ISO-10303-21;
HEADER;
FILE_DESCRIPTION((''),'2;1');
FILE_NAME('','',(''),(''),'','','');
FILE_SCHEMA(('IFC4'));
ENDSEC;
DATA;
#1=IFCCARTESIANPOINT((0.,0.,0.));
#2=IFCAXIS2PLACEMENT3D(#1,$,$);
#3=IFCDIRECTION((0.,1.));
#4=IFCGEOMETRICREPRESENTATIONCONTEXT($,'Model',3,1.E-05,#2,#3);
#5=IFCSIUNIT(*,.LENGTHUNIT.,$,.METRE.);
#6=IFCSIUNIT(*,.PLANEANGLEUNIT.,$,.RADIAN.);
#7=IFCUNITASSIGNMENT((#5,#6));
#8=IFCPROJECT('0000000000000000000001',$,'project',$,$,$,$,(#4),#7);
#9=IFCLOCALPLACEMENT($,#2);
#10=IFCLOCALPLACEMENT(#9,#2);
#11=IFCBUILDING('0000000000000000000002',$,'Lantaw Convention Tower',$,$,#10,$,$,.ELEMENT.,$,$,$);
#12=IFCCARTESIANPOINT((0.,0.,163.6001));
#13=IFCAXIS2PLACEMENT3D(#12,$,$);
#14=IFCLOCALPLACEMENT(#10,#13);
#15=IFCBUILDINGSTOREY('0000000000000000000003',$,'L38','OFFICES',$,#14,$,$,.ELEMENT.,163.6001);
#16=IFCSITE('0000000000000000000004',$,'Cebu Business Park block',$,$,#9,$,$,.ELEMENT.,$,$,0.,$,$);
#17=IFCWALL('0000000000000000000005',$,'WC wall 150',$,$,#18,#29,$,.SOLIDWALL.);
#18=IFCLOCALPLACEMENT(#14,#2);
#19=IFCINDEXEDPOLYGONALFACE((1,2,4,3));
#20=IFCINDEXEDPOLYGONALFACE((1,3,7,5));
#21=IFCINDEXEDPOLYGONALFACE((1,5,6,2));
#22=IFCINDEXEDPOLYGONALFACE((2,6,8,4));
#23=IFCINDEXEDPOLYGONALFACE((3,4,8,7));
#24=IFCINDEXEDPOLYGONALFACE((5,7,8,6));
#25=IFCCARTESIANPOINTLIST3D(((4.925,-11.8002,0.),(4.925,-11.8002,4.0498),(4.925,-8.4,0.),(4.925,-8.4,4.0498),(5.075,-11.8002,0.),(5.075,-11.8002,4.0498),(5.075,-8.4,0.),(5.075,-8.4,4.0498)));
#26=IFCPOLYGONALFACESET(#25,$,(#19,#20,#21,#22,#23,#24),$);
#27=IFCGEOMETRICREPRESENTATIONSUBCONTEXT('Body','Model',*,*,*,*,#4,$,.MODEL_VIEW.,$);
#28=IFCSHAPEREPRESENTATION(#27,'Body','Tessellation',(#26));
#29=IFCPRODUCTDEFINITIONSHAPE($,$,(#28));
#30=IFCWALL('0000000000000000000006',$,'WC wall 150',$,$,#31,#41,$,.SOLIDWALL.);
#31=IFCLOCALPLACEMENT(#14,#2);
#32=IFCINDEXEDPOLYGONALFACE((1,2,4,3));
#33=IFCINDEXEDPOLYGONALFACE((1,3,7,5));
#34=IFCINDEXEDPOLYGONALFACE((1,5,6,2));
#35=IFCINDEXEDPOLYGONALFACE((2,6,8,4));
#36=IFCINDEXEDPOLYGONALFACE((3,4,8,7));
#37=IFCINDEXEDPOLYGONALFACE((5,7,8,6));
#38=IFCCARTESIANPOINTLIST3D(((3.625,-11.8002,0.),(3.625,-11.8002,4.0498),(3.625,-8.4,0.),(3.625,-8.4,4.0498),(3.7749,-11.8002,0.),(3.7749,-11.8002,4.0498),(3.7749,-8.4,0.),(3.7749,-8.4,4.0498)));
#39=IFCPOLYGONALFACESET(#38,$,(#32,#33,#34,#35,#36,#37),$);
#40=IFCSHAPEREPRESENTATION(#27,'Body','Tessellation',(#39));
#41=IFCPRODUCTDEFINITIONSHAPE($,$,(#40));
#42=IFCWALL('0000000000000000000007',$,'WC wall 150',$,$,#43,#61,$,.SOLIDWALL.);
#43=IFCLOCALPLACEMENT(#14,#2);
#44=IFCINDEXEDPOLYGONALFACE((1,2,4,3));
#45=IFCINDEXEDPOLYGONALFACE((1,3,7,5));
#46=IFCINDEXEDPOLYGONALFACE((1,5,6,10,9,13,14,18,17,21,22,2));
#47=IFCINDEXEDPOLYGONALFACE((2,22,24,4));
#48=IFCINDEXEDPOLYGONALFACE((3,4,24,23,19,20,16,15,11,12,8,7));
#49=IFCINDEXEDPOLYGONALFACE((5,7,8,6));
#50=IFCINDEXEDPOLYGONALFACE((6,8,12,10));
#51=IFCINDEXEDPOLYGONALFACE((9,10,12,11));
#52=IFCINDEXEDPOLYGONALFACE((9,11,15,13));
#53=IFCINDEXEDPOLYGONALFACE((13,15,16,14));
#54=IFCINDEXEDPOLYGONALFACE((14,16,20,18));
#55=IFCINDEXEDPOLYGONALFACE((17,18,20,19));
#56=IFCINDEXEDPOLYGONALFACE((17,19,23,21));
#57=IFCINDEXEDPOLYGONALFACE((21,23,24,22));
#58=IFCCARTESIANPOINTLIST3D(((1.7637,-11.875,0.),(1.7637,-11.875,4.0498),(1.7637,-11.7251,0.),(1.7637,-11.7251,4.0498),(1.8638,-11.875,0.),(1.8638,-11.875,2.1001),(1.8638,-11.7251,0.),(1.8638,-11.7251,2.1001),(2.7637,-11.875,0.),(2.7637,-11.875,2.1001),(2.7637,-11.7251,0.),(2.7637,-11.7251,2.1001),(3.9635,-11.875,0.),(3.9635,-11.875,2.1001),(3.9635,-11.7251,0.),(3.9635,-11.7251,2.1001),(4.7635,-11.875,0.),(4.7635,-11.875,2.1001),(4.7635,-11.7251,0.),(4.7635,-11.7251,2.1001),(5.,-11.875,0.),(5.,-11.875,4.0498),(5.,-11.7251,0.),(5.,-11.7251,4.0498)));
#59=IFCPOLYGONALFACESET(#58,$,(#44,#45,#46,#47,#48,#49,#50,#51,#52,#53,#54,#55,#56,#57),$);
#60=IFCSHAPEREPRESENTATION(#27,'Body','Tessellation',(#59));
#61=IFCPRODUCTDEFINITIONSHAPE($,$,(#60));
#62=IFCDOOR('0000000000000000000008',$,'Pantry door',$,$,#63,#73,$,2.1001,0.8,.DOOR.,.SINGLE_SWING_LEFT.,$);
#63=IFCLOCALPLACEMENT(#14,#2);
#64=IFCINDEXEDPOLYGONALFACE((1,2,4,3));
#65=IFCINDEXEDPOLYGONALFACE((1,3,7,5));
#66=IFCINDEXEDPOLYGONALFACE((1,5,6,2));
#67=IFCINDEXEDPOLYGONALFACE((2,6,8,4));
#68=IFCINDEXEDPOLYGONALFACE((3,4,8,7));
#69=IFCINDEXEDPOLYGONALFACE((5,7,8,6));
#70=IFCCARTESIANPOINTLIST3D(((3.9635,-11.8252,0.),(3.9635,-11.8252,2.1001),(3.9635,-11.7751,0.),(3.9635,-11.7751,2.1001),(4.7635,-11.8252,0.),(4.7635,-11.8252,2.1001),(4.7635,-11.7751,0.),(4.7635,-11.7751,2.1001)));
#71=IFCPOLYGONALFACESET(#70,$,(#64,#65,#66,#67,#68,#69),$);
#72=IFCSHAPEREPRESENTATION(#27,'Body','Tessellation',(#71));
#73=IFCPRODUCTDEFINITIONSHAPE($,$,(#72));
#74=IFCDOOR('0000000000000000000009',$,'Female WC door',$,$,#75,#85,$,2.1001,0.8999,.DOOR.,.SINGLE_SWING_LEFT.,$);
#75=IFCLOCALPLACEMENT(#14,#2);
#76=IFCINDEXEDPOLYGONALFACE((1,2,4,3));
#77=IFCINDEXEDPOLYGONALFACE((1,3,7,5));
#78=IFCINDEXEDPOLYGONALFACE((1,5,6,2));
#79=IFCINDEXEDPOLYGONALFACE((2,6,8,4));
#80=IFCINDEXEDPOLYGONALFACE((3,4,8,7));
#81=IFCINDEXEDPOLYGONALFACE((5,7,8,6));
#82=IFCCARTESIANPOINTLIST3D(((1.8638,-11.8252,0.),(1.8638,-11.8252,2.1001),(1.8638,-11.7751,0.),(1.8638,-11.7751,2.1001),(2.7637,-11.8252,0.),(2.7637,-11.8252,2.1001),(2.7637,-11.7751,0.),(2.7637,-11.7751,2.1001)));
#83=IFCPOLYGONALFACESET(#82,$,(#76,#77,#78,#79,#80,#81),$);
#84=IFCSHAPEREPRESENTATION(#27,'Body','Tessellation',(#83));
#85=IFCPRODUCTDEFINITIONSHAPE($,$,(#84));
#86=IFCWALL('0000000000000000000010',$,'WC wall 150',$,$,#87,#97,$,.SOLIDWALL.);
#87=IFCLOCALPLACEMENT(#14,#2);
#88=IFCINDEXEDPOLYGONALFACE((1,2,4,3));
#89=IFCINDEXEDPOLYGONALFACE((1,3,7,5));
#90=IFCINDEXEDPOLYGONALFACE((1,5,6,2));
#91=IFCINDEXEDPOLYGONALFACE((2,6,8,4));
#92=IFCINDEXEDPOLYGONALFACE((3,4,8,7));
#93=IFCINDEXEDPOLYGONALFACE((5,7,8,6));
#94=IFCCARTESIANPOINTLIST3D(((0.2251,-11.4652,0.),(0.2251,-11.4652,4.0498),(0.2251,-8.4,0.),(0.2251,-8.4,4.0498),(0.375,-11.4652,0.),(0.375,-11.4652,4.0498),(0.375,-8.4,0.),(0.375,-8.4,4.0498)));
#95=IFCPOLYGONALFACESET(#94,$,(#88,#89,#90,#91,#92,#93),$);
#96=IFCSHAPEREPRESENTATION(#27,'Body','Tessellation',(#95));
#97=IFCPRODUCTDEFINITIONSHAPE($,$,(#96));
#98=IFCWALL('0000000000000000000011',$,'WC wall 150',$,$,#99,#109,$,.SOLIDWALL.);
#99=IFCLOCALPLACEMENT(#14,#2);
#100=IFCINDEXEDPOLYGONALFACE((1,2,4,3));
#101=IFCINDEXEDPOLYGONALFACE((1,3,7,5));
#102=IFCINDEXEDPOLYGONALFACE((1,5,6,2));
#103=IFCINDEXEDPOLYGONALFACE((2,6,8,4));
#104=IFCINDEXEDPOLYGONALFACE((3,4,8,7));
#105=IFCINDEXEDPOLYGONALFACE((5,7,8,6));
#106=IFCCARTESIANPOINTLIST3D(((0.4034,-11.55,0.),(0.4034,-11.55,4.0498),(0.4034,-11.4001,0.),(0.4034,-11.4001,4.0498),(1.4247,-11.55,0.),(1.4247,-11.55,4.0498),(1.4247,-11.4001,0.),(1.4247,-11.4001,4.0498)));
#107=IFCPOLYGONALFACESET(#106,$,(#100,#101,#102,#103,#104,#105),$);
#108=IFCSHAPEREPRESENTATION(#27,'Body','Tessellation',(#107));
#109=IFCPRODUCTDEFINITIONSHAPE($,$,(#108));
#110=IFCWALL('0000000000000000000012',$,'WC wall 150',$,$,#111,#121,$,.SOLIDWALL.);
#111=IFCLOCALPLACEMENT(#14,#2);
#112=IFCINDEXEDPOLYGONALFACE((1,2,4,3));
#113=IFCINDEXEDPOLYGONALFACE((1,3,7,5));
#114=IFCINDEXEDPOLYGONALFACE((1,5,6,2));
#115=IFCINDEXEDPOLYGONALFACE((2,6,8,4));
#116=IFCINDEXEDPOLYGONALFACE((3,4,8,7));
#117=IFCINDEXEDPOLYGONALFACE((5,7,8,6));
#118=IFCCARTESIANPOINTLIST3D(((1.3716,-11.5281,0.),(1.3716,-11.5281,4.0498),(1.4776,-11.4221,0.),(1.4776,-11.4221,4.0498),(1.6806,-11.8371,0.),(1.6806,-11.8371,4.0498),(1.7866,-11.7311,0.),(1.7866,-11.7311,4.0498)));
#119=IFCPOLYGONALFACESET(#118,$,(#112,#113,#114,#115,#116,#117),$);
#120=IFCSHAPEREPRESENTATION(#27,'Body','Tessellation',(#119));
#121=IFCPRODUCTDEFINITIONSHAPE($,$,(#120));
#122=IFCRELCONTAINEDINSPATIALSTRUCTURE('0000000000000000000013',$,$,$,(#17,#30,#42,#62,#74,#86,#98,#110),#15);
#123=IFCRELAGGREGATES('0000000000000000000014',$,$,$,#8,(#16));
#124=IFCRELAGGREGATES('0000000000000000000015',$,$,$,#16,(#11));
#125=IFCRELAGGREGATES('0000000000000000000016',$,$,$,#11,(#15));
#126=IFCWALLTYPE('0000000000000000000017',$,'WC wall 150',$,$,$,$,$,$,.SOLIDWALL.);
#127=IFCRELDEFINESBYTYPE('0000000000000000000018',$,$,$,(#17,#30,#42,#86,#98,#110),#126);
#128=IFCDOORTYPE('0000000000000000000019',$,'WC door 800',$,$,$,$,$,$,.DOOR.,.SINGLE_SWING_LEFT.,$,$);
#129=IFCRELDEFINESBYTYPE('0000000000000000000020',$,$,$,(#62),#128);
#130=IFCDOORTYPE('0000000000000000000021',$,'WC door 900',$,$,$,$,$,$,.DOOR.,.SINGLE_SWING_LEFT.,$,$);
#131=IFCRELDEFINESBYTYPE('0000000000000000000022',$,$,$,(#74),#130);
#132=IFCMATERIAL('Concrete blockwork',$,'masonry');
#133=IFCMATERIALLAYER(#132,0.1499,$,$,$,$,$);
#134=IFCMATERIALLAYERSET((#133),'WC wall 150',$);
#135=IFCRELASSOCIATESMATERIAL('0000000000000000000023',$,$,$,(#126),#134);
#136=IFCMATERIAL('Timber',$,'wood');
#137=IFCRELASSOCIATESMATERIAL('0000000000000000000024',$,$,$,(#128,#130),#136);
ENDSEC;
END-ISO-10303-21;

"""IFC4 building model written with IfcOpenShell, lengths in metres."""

from ifc_helpers import new_model, si_unit, direction, frame, frame_2d, origin, place, context, subcontext, project, spatial, rectangle, extrude, material, layer, layer_set, type_object, element, fill, save


model = new_model("IFC4")

# Units and contexts
model_context = context("Model", 3, precision=1e-05, world=origin(), true_north=direction((0.0, 1.0)))
body_context = subcontext(model_context, "Body", "Model", "MODEL_VIEW")
ifc_project = project(units=[si_unit("LENGTHUNIT", "METRE"), si_unit("PLANEANGLEUNIT", "RADIAN")], contexts=[model_context])

# Site, building, storey
site_placement = place(None, origin())
site = spatial("IfcSite", under=ifc_project, at=site_placement, Name="Cebu Business Park block", CompositionType="ELEMENT", RefElevation=0.0)
building_placement = place(site_placement, origin())
building = spatial("IfcBuilding", under=site, at=building_placement, Name="Lantaw Convention Tower", CompositionType="ELEMENT")
storey_placement = place(building_placement, frame((0.0, 0.0, 163.6001)))
storey = spatial("IfcBuildingStorey", under=building, at=storey_placement, Name="L38", Description="OFFICES", CompositionType="ELEMENT", Elevation=163.6001)

# Walls
ifc_material_1 = material(Name="Concrete blockwork", Category="masonry")
ifc_layer_1 = layer(ifc_material_1, 0.1499)
ifc_layer_set_1 = layer_set([ifc_layer_1], Name="WC wall 150")
wall_type_1 = type_object("IfcWallType", Name="WC wall 150", PredefinedType="SOLIDWALL", material=ifc_layer_set_1)
for number, where, z_axis, x_axis, name in (
    (1, (5.0, -8.3999, 0.0), (0.0, 0.0, 1.0), (0.0, -1.0, 0.0), "WC wall 150"),
    (2, (3.7, -8.3999, 0.0), (0.0, 0.0, 1.0), (0.0, -1.0, 0.0), "WC wall 150"),
):
    element("IfcWall", number, at=place(storey_placement, frame(where, z_axis=z_axis, x_axis=x_axis)), inside=storey, type_object=wall_type_1, Name=name, PredefinedType="SOLIDWALL", context=body_context, shape_type="SweptSolid", body=[
        extrude(rectangle(XDim=3.4001, YDim=0.1499, at=frame_2d((1.7002, 0.0))), origin(), (0.0, 0.0, 1.0), 4.0498),
    ])

# Wall, openings, doors
wall_1_placement = place(storey_placement, frame((1.7637, -11.8, 0.0), z_axis=(0.0, 0.0, 1.0), x_axis=(1.0, 0.0, 0.0)))
wall_1 = element("IfcWall", 3, at=wall_1_placement, inside=storey, type_object=wall_type_1, Name="WC wall 150", PredefinedType="SOLIDWALL", context=body_context, shape_type="SweptSolid", body=[
    extrude(rectangle(XDim=3.2363, YDim=0.1499, at=frame_2d((1.6182, 0.0))), origin(), (0.0, 0.0, 1.0), 4.0498),
])
opening_1_placement = place(wall_1_placement, frame((0.1001, 0.0, 0.0)))
opening_1 = element("IfcOpeningElement", 4, at=opening_1_placement, cuts=wall_1, PredefinedType="OPENING", context=body_context, shape_type="SweptSolid", body=[
    extrude(rectangle(XDim=0.8999, YDim=2.1001, at=frame_2d((0.45, 1.05))), frame((0.0, 0.085, 0.0), z_axis=(0.0, -1.0, 0.0), x_axis=(1.0, 0.0, 0.0)), (0.0, 0.0, 1.0), 0.1699),
])
opening_2_placement = place(wall_1_placement, frame((2.2, 0.0, 0.0)))
opening_2 = element("IfcOpeningElement", 5, at=opening_2_placement, cuts=wall_1, PredefinedType="OPENING", context=body_context, shape_type="SweptSolid", body=[
    extrude(rectangle(XDim=0.8, YDim=2.1001, at=frame_2d((0.3999, 1.05))), frame((0.0, 0.085, 0.0), z_axis=(0.0, -1.0, 0.0), x_axis=(1.0, 0.0, 0.0)), (0.0, 0.0, 1.0), 0.1699),
])
ifc_material_2 = material(Name="Timber", Category="wood")
door_type_1 = type_object("IfcDoorType", Name="WC door 800", OperationType="SINGLE_SWING_LEFT", PredefinedType="DOOR", material=ifc_material_2)
door_1_placement = place(opening_2_placement, origin())
door_1 = element("IfcDoor", 6, at=door_1_placement, inside=storey, type_object=door_type_1, Name="Pantry door", OperationType="SINGLE_SWING_LEFT", OverallHeight=2.1001, OverallWidth=0.8, PredefinedType="DOOR", context=body_context, shape_type="SweptSolid", body=[
    extrude(rectangle(XDim=0.8, YDim=2.1001, at=frame_2d((0.3999, 1.05))), frame((0.0, 0.0249, 0.0), z_axis=(0.0, -1.0, 0.0), x_axis=(1.0, 0.0, 0.0)), (0.0, 0.0, 1.0), 0.05),
])
fill(opening_2, door_1)
door_type_2 = type_object("IfcDoorType", Name="WC door 900", OperationType="SINGLE_SWING_LEFT", PredefinedType="DOOR", material=ifc_material_2)
door_2_placement = place(opening_1_placement, origin())
door_2 = element("IfcDoor", 7, at=door_2_placement, inside=storey, type_object=door_type_2, Name="Female WC door", OperationType="SINGLE_SWING_LEFT", OverallHeight=2.1001, OverallWidth=0.8999, PredefinedType="DOOR", context=body_context, shape_type="SweptSolid", body=[
    extrude(rectangle(XDim=0.8999, YDim=2.1001, at=frame_2d((0.45, 1.05))), frame((0.0, 0.0249, 0.0), z_axis=(0.0, -1.0, 0.0), x_axis=(1.0, 0.0, 0.0)), (0.0, 0.0, 1.0), 0.05),
])
fill(opening_1, door_2)

# Walls
wall_2_placement = place(storey_placement, frame((0.3, -8.3999, 0.0), z_axis=(0.0, 0.0, 1.0), x_axis=(0.0, -1.0, 0.0)))
element("IfcWall", 8, at=wall_2_placement, inside=storey, type_object=wall_type_1, Name="WC wall 150", PredefinedType="SOLIDWALL", context=body_context, shape_type="SweptSolid", body=[
    extrude(rectangle(XDim=3.0652, YDim=0.1499, at=frame_2d((1.5327, 0.0))), origin(), (0.0, 0.0, 1.0), 4.0498),
])
wall_3_placement = place(storey_placement, frame((0.4033, -11.4751, 0.0), z_axis=(0.0, 0.0, 1.0), x_axis=(1.0, 0.0, 0.0)))
element("IfcWall", 9, at=wall_3_placement, inside=storey, type_object=wall_type_1, Name="WC wall 150", PredefinedType="SOLIDWALL", context=body_context, shape_type="SweptSolid", body=[
    extrude(rectangle(XDim=1.0212, YDim=0.1499, at=frame_2d((0.5107, 0.0))), origin(), (0.0, 0.0, 1.0), 4.0498),
])
wall_4_placement = place(storey_placement, frame((1.4246, -11.4751, 0.0), z_axis=(0.0, 0.0, 1.0), x_axis=(0.707107, -0.707107, 0.0)))
element("IfcWall", 10, at=wall_4_placement, inside=storey, type_object=wall_type_1, Name="WC wall 150", PredefinedType="SOLIDWALL", context=body_context, shape_type="SweptSolid", body=[
    extrude(rectangle(XDim=0.437, YDim=0.1499, at=frame_2d((0.2185, 0.0))), origin(), (0.0, 0.0, 1.0), 4.0498),
])

save(model, "model.ifc")
